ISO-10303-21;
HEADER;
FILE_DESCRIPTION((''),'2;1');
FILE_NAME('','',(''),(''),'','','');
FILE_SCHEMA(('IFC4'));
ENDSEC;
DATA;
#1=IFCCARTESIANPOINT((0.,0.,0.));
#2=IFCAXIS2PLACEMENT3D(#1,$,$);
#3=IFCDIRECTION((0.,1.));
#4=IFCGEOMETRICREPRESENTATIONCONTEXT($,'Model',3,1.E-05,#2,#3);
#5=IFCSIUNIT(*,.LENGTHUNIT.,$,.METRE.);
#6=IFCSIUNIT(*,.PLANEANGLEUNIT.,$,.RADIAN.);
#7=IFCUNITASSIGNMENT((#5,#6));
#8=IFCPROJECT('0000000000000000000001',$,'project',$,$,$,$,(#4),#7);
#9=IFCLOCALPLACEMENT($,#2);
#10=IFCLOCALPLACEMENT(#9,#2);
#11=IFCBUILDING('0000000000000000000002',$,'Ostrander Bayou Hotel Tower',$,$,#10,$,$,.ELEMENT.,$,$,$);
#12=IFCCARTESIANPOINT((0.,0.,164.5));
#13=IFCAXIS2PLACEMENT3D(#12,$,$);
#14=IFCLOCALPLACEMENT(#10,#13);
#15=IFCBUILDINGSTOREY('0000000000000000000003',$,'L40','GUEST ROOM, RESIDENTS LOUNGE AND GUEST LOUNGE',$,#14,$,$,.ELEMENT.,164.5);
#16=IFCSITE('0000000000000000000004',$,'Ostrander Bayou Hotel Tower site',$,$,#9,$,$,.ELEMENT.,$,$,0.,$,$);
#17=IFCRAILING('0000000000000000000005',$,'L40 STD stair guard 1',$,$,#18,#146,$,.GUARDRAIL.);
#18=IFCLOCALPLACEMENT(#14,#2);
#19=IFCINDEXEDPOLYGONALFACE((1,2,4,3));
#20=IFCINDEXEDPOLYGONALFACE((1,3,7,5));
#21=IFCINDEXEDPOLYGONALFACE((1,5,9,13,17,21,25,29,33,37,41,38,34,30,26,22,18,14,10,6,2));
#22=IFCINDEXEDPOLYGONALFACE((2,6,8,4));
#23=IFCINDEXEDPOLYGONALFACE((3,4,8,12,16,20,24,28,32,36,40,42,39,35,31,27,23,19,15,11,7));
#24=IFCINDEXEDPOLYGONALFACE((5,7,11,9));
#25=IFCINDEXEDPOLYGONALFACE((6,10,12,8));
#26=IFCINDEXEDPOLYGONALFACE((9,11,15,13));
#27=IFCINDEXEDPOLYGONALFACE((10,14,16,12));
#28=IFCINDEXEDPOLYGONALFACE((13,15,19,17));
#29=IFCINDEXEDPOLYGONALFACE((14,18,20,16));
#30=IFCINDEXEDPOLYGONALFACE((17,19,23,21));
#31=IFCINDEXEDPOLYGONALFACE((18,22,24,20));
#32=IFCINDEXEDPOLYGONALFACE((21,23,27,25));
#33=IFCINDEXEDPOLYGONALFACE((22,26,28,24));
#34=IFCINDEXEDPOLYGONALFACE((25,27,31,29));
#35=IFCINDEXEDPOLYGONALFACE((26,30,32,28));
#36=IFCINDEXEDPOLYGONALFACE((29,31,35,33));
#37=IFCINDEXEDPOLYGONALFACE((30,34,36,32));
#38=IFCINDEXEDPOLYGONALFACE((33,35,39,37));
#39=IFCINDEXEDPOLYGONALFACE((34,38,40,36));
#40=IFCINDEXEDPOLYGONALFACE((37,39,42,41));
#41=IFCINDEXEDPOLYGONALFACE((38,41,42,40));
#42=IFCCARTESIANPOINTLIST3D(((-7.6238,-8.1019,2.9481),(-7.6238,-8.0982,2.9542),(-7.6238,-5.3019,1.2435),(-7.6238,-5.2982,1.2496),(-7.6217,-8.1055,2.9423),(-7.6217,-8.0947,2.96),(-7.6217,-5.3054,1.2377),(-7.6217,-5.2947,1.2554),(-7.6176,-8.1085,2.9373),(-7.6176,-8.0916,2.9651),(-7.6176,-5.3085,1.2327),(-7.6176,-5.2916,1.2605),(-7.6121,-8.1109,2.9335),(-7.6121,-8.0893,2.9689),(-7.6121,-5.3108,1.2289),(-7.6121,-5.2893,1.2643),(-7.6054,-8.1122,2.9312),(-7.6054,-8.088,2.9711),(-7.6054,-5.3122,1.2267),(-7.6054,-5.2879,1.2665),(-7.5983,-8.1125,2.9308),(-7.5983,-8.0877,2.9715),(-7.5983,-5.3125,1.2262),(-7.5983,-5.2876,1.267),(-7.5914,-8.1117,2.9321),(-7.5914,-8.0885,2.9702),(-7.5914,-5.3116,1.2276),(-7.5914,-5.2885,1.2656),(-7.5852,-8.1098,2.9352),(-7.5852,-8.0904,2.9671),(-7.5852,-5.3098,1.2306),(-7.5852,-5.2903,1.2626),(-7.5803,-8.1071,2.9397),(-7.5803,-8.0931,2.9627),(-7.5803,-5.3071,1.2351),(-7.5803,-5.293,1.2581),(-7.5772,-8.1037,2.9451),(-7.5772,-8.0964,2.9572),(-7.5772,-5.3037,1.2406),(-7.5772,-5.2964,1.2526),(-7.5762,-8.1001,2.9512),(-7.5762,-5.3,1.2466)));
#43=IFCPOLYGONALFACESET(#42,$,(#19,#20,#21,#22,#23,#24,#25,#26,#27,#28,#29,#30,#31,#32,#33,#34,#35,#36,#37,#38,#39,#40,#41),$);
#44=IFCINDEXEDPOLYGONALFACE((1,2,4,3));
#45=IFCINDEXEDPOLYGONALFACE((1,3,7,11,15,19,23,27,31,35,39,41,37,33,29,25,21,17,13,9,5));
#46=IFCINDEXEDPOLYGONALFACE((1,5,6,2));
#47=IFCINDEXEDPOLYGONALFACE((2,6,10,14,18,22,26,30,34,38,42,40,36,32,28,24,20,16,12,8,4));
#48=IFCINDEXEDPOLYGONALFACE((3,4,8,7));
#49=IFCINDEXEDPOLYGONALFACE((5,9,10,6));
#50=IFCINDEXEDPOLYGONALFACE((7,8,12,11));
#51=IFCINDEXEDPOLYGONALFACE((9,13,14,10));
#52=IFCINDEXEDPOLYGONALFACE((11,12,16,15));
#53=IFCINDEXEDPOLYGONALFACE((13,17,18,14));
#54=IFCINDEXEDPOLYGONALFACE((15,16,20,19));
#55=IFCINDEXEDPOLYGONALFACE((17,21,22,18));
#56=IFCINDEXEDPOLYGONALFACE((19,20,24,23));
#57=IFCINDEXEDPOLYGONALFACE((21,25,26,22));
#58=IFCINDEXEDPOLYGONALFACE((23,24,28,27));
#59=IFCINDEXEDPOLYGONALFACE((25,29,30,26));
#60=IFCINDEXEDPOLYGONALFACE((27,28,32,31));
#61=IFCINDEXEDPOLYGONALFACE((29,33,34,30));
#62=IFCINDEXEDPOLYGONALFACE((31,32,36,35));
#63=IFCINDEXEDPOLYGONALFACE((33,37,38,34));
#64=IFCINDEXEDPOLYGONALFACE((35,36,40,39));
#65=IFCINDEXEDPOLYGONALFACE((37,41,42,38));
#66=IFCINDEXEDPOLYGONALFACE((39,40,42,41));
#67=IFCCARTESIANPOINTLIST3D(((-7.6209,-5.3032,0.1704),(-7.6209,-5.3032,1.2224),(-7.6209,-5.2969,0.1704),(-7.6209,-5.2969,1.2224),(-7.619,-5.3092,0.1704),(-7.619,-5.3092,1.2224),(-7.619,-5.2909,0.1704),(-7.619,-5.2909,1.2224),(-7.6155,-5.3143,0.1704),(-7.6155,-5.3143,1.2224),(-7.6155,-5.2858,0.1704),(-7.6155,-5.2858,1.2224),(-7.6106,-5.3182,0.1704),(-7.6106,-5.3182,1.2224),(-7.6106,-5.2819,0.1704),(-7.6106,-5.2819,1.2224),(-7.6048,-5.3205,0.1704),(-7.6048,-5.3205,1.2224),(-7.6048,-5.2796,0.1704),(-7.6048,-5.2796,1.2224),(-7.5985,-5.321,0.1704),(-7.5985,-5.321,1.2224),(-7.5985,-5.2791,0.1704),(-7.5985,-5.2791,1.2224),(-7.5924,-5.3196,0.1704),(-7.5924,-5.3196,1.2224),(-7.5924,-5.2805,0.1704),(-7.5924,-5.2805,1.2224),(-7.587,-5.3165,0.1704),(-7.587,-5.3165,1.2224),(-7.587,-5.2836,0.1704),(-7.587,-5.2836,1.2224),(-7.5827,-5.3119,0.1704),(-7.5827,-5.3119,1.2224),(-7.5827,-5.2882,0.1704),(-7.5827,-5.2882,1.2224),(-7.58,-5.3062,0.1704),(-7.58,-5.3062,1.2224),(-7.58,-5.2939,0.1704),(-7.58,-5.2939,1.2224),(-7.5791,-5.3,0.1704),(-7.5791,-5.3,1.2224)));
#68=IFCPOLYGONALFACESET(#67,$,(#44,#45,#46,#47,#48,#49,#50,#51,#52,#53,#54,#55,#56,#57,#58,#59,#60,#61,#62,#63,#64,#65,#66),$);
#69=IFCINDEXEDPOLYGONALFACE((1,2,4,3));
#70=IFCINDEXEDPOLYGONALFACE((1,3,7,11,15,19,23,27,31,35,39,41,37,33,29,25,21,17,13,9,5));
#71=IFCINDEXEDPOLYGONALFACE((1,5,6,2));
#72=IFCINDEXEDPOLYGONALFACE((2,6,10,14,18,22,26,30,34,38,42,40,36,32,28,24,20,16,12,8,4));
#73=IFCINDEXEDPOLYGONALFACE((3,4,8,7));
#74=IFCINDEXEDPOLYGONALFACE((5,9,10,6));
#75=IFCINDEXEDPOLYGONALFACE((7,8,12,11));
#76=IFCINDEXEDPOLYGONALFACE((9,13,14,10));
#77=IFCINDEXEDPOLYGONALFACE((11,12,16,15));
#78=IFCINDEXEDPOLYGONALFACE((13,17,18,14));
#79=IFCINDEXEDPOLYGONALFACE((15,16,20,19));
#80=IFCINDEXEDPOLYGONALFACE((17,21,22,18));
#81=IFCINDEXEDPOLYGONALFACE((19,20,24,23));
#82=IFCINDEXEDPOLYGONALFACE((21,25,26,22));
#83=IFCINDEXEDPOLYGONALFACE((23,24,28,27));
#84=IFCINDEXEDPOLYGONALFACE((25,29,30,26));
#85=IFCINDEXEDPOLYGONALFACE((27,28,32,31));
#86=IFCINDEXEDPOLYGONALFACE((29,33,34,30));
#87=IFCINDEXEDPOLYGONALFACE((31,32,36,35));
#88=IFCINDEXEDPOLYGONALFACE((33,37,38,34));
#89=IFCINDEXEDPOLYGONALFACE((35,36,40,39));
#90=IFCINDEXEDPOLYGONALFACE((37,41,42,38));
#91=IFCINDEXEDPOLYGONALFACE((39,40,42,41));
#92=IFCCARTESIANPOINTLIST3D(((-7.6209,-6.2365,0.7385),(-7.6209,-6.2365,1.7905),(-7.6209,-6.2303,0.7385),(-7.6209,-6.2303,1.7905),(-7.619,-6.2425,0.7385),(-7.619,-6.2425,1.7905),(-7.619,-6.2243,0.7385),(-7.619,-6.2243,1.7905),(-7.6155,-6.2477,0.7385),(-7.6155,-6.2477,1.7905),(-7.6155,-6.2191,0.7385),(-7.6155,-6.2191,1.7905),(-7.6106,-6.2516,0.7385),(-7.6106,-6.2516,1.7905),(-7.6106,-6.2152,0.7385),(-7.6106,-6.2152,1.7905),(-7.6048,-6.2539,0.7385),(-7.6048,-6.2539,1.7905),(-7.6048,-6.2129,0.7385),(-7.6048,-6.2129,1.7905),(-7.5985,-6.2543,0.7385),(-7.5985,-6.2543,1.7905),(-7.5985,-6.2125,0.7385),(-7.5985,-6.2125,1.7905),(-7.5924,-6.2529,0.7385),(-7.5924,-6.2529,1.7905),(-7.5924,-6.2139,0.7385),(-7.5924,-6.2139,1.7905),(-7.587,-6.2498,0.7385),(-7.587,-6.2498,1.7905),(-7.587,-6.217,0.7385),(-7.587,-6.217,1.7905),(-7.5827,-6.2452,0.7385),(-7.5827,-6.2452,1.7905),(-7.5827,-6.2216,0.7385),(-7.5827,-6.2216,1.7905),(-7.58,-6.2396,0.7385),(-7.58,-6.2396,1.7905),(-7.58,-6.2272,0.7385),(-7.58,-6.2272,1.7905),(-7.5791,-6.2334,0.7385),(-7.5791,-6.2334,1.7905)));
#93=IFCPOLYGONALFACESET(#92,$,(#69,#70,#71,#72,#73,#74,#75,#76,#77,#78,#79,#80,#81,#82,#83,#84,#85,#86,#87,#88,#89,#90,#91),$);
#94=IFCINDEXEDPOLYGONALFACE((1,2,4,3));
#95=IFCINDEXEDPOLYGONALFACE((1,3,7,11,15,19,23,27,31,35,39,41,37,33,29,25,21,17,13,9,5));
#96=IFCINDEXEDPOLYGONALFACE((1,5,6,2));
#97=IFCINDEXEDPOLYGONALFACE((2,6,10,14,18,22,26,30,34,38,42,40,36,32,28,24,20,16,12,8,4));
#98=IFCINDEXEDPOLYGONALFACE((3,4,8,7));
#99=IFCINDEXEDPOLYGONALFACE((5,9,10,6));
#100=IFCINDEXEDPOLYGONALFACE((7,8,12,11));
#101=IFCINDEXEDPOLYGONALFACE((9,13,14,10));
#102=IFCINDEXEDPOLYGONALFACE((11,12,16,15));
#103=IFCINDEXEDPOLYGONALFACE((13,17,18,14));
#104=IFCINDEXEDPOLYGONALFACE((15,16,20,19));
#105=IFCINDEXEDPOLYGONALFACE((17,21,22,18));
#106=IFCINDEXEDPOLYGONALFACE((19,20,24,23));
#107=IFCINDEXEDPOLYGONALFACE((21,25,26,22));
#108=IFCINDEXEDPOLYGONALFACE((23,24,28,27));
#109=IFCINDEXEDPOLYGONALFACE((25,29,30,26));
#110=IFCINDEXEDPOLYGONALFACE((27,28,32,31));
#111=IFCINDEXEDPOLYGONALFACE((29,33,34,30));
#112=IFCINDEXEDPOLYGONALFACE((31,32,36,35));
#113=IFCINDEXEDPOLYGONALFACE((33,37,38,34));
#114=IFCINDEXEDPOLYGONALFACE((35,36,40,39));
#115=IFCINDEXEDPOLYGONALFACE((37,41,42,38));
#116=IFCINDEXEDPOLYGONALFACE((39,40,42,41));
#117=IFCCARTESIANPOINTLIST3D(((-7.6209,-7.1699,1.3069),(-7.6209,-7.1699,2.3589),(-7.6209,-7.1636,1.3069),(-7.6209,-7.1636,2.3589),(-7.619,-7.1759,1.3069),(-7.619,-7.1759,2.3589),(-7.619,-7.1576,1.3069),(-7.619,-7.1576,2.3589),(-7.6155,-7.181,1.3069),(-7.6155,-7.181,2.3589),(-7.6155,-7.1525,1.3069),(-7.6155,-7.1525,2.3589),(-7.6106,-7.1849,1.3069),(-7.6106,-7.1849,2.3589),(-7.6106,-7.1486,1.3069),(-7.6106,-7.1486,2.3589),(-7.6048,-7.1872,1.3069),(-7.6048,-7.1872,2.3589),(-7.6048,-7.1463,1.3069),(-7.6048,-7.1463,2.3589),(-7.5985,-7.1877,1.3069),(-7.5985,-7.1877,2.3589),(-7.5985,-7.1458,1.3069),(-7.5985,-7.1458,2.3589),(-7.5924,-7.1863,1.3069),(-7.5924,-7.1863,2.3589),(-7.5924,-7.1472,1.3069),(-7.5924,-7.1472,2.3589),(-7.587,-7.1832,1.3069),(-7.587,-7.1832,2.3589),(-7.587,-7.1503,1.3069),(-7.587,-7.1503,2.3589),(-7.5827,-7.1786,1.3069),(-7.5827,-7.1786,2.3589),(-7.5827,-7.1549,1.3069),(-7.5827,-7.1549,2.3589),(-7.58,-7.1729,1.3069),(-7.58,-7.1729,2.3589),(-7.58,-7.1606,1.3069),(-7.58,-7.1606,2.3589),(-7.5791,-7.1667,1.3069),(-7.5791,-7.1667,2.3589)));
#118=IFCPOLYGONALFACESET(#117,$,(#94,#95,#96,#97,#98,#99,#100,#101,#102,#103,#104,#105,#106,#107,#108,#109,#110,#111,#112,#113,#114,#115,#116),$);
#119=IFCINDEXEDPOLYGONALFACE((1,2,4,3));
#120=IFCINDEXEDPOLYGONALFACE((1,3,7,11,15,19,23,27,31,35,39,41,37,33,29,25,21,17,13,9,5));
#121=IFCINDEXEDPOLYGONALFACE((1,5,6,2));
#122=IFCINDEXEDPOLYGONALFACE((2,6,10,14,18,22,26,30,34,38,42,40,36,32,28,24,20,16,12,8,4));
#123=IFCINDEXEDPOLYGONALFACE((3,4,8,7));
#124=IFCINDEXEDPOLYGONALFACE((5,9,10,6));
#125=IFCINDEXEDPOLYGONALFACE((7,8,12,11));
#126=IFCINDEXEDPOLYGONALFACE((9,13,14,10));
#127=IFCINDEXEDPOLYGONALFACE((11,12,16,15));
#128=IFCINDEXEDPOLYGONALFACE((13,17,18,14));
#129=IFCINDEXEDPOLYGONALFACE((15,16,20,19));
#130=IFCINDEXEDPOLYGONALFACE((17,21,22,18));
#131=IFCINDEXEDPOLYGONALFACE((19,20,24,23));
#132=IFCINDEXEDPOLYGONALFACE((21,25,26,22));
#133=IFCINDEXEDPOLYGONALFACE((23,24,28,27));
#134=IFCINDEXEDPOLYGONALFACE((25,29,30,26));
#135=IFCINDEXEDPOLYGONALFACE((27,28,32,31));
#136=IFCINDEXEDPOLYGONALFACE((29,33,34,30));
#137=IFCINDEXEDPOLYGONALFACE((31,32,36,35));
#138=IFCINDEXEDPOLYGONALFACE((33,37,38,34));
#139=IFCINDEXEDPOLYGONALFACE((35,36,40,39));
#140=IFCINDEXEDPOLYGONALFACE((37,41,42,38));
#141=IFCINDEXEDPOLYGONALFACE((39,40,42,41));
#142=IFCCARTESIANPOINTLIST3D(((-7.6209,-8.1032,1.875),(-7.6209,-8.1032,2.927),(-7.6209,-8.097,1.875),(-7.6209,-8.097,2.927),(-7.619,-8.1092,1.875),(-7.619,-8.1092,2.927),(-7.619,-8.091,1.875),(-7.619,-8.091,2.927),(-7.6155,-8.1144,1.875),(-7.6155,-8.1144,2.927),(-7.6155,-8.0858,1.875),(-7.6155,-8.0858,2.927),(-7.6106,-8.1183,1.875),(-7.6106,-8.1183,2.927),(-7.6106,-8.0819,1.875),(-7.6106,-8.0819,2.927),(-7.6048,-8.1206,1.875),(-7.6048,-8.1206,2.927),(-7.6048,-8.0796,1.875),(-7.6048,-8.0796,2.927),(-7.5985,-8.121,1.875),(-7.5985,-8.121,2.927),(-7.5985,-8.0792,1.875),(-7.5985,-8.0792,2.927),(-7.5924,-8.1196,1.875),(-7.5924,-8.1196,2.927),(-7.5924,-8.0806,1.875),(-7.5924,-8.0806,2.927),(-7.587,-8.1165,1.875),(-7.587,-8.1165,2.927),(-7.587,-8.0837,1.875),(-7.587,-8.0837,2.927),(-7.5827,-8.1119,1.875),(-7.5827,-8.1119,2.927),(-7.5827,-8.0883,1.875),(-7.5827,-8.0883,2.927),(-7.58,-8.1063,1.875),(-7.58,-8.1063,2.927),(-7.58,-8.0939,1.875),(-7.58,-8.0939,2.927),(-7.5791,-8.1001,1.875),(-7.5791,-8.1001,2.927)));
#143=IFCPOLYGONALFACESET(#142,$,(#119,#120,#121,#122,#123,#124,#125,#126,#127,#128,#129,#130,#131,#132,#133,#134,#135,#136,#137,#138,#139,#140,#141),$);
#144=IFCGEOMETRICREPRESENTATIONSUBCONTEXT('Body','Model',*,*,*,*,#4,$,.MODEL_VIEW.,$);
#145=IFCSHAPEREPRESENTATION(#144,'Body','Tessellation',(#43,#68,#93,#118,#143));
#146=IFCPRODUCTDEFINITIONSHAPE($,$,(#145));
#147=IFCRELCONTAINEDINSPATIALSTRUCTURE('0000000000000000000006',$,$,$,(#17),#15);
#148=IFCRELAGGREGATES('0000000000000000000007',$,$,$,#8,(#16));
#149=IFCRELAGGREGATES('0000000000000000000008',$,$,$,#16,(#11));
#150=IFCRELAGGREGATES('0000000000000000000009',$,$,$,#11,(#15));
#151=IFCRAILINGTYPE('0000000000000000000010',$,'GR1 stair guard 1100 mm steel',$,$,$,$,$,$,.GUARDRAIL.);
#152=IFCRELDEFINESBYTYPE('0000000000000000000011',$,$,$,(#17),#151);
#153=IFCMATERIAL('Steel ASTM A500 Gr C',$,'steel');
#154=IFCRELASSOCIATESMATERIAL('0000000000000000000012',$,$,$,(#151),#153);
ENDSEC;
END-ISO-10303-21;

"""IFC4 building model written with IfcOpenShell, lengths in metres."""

from ifc_helpers import new_model, si_unit, direction, frame, origin, origin_2d, place, context, subcontext, project, spatial, circle, extrude, material, type_object, element, save


model = new_model("IFC4")

# Units and contexts
model_context = context("Model", 3, precision=1e-05, world=origin(), true_north=direction((0.0, 1.0)))
body_context = subcontext(model_context, "Body", "Model", "MODEL_VIEW")
ifc_project = project(units=[si_unit("LENGTHUNIT", "METRE"), si_unit("PLANEANGLEUNIT", "RADIAN")], contexts=[model_context])

# Site, building, storey
site_placement = place(None, origin())
site = spatial("IfcSite", under=ifc_project, at=site_placement, Name="Ostrander Bayou Hotel Tower site", CompositionType="ELEMENT", RefElevation=0.0)
building_placement = place(site_placement, origin())
building = spatial("IfcBuilding", under=site, at=building_placement, Name="Ostrander Bayou Hotel Tower", CompositionType="ELEMENT")
storey_placement = place(building_placement, frame((0.0, 0.0, 164.5)))
storey = spatial("IfcBuildingStorey", under=building, at=storey_placement, Name="L40", Description="GUEST ROOM, RESIDENTS LOUNGE AND GUEST LOUNGE", CompositionType="ELEMENT", Elevation=164.5)

# Railing
ifc_material_1 = material(Name="Steel ASTM A500 Gr C", Category="steel")
railing_type_1 = type_object("IfcRailingType", Name="GR1 stair guard 1100 mm steel", PredefinedType="GUARDRAIL", material=ifc_material_1)
railing_1_placement = place(storey_placement, frame((-7.6001, -5.3, 0.1704)))
element("IfcRailing", 1, at=railing_1_placement, inside=storey, type_object=railing_type_1, Name="L40 STD stair guard 1", PredefinedType="GUARDRAIL", context=body_context, shape_type="SweptSolid", body=[
    extrude(circle(Radius=0.0239, at=origin_2d()), frame((0.0, 0.0, 1.0762), z_axis=(0.0, -0.85417, 0.519994), x_axis=(1.0, 0.0, 0.0)), (0.0, 0.0, 1.0), 3.2781),
    extrude(circle(Radius=0.021, at=origin_2d()), origin(), (0.0, 0.0, 1.0), 1.052),
    extrude(circle(Radius=0.021, at=origin_2d()), frame((0.0, -0.9333, 0.5681)), (0.0, 0.0, 1.0), 1.052),
    extrude(circle(Radius=0.021, at=origin_2d()), frame((0.0, -1.8667, 1.1365)), (0.0, 0.0, 1.0), 1.052),
    extrude(circle(Radius=0.021, at=origin_2d()), frame((0.0, -2.8, 1.7046)), (0.0, 0.0, 1.0), 1.052),
])

save(model, "model.ifc")
